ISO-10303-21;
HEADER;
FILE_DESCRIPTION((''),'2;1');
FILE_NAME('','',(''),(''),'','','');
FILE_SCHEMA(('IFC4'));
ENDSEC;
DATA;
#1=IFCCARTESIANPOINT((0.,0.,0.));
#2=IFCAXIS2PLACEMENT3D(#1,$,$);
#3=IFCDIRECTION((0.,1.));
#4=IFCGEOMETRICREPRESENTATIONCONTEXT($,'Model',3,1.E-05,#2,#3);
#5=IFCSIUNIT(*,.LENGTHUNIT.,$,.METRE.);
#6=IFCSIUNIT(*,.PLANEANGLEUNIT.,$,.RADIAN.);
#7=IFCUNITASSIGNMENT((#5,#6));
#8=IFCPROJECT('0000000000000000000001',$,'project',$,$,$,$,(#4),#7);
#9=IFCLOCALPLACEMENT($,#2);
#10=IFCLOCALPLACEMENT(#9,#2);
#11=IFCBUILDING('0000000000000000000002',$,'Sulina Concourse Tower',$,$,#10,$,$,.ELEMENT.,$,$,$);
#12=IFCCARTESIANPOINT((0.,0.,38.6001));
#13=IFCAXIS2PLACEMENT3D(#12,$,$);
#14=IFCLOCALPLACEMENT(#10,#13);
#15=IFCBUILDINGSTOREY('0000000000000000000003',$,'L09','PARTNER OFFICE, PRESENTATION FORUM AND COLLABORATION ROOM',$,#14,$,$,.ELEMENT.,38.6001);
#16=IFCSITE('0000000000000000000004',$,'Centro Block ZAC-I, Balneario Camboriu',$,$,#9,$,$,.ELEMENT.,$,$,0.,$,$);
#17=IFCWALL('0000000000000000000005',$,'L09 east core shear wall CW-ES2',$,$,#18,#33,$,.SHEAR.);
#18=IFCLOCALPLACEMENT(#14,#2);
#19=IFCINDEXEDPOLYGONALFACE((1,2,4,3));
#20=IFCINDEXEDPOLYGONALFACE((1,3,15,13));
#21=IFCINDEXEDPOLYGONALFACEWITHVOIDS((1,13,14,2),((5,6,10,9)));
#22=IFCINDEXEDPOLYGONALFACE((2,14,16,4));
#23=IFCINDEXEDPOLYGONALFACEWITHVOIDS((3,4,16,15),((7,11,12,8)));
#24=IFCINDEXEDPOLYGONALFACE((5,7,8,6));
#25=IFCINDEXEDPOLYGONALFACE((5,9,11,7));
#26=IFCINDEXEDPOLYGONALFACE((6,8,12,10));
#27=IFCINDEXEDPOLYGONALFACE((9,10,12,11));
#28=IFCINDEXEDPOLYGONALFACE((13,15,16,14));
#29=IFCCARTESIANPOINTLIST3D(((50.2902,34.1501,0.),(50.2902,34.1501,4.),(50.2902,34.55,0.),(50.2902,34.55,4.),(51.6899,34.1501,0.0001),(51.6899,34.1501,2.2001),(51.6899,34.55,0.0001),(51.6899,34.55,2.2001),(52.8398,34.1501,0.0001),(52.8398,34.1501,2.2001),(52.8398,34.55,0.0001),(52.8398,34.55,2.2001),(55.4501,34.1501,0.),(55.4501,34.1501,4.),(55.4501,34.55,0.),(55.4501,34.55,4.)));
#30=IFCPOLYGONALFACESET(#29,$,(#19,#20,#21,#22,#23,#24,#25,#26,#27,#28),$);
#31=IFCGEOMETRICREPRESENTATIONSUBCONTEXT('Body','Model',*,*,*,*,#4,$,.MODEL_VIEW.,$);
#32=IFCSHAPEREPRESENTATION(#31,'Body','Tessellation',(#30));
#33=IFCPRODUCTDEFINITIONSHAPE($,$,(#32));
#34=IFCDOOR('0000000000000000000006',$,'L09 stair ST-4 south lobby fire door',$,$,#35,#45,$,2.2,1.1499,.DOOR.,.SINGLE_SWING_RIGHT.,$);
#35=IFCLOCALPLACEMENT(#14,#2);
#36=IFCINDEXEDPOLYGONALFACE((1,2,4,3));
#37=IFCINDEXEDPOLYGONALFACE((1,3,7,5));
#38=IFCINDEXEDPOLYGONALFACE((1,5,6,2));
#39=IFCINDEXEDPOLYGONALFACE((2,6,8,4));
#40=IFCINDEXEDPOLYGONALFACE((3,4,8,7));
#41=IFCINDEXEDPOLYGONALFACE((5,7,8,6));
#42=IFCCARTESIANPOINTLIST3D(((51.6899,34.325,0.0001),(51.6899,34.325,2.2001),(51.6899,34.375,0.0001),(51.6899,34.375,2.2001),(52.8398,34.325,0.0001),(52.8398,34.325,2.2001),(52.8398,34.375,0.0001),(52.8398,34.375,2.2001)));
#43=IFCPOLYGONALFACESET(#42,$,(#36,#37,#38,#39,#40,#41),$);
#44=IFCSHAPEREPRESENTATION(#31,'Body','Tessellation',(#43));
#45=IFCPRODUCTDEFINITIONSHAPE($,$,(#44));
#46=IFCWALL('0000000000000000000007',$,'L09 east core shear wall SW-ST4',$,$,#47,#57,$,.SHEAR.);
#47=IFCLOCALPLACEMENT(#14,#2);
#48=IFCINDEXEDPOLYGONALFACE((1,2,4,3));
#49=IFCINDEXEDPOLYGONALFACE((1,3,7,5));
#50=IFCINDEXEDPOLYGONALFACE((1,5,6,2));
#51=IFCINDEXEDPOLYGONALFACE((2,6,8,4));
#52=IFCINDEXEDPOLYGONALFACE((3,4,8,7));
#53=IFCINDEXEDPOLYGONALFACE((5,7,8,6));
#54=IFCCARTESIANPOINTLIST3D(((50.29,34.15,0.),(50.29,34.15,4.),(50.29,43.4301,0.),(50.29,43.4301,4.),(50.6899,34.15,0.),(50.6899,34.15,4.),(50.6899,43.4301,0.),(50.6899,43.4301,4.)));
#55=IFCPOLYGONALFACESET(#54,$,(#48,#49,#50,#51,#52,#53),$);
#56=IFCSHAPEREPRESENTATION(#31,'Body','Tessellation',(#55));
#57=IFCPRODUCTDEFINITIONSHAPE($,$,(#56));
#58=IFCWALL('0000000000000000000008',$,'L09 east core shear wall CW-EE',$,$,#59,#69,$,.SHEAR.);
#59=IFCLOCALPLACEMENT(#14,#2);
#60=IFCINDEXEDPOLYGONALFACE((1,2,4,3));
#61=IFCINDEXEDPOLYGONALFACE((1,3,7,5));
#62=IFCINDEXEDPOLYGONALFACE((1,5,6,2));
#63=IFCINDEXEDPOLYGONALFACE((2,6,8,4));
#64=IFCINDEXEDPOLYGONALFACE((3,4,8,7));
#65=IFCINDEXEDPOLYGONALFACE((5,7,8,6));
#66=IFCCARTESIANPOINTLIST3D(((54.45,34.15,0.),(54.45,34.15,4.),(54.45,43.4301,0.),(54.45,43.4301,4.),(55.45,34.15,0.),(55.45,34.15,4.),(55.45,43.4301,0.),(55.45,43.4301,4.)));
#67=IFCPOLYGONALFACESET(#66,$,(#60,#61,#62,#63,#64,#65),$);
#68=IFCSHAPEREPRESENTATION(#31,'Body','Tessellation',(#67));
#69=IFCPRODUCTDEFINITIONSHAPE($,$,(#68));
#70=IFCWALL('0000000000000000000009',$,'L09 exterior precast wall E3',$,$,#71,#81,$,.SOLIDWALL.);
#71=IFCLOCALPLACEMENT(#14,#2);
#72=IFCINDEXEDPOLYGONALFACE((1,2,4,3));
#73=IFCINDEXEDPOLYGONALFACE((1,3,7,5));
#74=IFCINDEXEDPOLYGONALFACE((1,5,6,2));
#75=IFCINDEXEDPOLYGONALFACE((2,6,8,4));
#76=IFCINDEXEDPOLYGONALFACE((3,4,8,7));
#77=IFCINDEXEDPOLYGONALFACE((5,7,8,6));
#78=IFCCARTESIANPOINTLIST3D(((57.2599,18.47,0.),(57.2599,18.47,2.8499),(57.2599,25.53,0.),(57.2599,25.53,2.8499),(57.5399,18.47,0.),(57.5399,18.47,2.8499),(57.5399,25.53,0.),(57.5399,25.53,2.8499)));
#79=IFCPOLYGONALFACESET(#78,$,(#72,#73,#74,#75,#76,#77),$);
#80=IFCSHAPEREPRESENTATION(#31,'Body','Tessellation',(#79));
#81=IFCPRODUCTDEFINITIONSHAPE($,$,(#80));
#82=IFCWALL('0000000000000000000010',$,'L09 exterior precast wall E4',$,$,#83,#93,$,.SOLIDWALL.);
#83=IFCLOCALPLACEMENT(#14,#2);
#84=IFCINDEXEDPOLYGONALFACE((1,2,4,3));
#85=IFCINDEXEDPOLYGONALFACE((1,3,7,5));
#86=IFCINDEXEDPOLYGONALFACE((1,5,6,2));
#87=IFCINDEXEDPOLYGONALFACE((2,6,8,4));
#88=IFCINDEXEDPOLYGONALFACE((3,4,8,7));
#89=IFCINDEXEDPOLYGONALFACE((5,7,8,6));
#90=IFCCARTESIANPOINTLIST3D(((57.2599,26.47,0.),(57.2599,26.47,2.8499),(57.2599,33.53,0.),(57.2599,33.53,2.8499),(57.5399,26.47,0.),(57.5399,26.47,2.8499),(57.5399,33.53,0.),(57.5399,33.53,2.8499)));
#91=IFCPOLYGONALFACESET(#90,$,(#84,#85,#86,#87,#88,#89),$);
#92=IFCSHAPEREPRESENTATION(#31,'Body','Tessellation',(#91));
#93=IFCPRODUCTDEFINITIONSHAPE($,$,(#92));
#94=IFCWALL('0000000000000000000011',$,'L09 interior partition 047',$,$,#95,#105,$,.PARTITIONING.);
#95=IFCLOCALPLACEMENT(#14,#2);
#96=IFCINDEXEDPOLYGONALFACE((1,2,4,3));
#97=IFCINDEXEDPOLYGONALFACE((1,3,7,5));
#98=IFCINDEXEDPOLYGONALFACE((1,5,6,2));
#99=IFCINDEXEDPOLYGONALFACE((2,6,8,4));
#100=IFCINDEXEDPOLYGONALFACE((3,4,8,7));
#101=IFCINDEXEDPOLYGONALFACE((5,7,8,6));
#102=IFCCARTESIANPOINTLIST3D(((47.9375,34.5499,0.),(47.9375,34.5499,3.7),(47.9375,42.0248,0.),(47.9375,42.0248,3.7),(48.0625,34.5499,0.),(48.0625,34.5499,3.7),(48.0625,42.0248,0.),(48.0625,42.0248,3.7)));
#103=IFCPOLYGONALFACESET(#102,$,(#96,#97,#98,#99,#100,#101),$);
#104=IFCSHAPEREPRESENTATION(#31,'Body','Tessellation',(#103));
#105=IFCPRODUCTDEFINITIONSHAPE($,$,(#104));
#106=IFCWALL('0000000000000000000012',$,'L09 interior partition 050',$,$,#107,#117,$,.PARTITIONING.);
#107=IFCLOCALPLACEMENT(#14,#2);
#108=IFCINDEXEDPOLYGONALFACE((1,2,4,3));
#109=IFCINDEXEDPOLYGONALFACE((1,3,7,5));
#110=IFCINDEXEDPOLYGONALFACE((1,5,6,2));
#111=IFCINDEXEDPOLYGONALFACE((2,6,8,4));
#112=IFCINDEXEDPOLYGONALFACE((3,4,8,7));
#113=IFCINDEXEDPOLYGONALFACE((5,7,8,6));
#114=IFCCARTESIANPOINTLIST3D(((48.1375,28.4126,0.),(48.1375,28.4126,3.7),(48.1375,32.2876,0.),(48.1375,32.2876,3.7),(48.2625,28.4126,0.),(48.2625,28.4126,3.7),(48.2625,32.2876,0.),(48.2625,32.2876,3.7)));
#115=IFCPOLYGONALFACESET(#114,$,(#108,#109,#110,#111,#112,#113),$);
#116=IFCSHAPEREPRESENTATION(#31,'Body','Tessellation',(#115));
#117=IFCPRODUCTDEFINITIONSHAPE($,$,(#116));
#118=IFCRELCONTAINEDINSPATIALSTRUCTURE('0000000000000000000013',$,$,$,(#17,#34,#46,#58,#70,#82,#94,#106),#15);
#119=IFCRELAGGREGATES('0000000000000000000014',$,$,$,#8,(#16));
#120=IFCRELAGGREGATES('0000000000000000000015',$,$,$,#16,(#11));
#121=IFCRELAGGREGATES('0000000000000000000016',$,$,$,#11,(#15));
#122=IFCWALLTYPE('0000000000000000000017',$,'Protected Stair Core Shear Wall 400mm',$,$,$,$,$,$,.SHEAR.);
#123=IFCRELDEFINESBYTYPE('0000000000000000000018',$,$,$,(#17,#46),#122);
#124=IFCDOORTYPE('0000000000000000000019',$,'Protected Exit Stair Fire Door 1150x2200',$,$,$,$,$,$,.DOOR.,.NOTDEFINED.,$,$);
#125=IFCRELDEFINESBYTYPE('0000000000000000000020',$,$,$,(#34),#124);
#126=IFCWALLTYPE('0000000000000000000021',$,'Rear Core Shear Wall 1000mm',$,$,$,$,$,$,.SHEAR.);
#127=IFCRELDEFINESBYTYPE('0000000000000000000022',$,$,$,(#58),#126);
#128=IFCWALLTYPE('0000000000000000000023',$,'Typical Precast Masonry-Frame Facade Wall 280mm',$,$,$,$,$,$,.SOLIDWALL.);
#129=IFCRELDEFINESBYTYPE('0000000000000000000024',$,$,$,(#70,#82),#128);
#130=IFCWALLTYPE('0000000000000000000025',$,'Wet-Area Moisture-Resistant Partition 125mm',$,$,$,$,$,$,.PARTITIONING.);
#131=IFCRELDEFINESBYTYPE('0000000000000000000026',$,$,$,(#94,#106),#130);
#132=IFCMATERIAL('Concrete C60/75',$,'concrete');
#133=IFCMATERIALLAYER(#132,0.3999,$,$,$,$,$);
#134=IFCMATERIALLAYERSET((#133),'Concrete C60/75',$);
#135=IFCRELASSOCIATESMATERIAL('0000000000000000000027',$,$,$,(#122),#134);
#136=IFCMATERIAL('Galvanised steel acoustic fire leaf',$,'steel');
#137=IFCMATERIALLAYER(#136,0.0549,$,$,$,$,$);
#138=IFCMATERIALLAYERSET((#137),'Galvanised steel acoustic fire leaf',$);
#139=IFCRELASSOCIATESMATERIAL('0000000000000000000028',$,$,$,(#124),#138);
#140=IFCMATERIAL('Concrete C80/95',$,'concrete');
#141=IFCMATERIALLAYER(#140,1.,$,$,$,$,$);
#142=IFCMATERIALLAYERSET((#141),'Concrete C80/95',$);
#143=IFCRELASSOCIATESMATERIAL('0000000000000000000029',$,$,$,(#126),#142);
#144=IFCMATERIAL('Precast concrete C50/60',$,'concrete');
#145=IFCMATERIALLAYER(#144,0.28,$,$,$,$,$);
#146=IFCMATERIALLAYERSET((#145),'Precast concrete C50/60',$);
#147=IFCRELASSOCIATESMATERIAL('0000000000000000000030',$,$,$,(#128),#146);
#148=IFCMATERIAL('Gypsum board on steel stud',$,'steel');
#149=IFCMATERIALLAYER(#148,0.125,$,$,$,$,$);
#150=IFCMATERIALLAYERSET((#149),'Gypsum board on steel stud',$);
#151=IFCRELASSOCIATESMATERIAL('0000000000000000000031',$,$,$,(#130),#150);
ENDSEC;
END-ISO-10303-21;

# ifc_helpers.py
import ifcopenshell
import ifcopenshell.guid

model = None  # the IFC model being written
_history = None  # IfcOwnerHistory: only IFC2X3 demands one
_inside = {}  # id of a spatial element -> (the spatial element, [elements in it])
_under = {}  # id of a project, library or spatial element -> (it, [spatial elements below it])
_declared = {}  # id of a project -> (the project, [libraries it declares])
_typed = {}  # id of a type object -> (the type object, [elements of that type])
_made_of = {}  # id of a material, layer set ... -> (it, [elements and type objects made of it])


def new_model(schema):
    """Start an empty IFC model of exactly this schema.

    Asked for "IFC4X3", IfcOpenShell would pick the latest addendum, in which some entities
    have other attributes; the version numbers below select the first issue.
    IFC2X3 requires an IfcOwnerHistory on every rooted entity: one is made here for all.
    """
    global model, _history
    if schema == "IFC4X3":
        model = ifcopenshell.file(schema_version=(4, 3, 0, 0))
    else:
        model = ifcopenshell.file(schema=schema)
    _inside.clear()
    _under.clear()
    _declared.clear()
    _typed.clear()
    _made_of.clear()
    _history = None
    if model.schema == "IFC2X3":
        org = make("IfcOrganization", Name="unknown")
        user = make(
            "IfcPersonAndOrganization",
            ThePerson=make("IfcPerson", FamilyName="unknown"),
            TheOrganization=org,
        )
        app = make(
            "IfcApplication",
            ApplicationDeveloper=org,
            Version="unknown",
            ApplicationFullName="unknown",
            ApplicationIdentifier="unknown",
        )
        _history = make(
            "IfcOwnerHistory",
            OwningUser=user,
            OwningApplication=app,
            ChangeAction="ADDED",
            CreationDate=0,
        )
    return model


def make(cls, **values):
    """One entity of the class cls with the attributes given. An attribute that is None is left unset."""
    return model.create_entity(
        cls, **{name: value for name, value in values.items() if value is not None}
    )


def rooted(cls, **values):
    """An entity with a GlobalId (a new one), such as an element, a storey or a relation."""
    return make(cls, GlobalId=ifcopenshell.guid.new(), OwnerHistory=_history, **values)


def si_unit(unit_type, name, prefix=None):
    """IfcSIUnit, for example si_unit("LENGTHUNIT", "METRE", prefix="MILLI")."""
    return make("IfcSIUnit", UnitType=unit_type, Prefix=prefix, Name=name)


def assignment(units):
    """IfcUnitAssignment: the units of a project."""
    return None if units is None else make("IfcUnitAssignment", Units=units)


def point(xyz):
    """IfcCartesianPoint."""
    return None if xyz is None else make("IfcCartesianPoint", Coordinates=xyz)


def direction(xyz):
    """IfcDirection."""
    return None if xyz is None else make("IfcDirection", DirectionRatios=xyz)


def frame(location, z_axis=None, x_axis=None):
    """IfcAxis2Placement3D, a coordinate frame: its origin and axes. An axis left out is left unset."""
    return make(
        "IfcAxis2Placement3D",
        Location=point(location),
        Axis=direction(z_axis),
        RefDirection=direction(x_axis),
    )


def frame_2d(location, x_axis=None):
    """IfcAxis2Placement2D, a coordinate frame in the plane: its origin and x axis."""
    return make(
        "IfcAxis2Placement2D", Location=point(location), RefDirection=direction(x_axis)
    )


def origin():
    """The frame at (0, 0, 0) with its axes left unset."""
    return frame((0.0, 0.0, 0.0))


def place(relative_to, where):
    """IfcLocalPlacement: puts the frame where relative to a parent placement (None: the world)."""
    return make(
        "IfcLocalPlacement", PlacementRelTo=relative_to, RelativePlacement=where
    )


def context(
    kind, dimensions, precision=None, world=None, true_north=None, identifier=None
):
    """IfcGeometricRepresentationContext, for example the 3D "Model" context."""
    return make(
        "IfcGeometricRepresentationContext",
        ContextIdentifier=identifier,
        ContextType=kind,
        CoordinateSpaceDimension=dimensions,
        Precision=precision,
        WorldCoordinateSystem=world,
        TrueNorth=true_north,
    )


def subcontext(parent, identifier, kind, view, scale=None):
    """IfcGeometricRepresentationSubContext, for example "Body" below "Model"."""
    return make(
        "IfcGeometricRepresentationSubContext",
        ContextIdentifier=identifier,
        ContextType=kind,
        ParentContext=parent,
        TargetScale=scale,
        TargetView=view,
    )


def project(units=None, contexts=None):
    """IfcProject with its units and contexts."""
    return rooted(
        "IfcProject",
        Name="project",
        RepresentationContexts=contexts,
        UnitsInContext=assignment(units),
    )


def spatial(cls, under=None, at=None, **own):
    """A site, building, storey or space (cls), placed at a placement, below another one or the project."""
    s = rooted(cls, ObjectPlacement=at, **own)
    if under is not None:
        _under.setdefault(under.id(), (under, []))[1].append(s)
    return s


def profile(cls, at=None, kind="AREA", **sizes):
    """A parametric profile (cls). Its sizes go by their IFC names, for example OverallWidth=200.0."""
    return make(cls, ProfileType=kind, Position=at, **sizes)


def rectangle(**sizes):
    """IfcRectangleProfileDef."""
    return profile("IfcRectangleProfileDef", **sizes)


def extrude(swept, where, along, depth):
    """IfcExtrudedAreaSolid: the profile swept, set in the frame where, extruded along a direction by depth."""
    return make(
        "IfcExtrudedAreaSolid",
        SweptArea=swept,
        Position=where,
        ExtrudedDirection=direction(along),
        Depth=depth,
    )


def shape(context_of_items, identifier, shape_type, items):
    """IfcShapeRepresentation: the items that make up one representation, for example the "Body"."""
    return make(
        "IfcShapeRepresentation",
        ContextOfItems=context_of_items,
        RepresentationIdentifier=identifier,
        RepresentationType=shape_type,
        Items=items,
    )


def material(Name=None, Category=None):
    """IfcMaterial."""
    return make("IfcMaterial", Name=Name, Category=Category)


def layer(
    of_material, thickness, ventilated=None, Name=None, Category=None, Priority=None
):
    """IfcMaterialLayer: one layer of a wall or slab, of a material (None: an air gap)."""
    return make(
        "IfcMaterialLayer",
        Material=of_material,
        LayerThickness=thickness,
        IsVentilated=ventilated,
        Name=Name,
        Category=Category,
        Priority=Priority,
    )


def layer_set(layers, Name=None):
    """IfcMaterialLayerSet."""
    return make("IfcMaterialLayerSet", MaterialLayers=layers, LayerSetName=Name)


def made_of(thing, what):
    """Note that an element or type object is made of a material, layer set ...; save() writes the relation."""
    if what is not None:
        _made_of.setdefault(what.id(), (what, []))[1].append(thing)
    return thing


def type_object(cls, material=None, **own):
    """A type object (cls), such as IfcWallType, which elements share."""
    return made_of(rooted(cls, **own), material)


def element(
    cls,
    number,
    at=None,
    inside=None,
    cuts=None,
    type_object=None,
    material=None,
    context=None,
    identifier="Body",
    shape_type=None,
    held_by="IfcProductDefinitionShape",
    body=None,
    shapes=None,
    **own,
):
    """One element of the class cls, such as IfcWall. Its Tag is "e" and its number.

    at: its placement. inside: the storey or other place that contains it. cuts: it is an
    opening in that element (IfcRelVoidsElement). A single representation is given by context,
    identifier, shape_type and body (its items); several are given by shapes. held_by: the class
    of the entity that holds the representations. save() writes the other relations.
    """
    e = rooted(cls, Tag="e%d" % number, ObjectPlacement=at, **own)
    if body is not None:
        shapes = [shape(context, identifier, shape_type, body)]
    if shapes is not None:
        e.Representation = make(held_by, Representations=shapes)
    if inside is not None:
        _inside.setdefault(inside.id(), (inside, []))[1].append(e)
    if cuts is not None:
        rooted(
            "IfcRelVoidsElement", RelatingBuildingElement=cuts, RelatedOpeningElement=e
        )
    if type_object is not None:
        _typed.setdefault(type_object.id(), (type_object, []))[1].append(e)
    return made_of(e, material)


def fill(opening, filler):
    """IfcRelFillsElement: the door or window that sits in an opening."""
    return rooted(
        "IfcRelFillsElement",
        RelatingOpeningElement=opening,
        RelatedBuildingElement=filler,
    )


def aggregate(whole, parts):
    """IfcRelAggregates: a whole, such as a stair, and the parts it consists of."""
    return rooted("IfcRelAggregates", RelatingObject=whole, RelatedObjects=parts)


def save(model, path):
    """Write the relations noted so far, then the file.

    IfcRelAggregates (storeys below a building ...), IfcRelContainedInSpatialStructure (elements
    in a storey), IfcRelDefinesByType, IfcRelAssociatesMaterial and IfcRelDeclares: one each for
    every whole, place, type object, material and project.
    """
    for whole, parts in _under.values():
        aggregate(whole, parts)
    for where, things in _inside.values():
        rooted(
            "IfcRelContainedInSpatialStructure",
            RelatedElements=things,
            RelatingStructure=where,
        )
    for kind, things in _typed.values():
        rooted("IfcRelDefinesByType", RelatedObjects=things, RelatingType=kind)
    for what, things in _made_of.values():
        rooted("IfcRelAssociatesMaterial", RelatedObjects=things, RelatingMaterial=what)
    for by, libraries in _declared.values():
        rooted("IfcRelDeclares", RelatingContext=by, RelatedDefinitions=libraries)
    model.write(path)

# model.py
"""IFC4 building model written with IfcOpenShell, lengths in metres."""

from ifc_helpers import new_model, si_unit, direction, frame, frame_2d, origin, place, context, subcontext, project, spatial, rectangle, extrude, material, layer, layer_set, type_object, element, fill, save


model = new_model("IFC4")

# Units and contexts
model_context = context("Model", 3, precision=1e-05, world=origin(), true_north=direction((0.0, 1.0)))
body_context = subcontext(model_context, "Body", "Model", "MODEL_VIEW")
ifc_project = project(units=[si_unit("LENGTHUNIT", "METRE"), si_unit("PLANEANGLEUNIT", "RADIAN")], contexts=[model_context])

# Site, building, storey
site_placement = place(None, origin())
site = spatial("IfcSite", under=ifc_project, at=site_placement, Name="Centro Block ZAC-I, Balneario Camboriu", CompositionType="ELEMENT", RefElevation=0.0)
building_placement = place(site_placement, origin())
building = spatial("IfcBuilding", under=site, at=building_placement, Name="Sulina Concourse Tower", CompositionType="ELEMENT")
storey_placement = place(building_placement, frame((0.0, 0.0, 38.6001)))
storey = spatial("IfcBuildingStorey", under=building, at=storey_placement, Name="L09", Description="PARTNER OFFICE, PRESENTATION FORUM AND COLLABORATION ROOM", CompositionType="ELEMENT", Elevation=38.6001)

# Wall, opening, door
ifc_material_1 = material(Name="Concrete C60/75", Category="concrete")
ifc_layer_1 = layer(ifc_material_1, 0.3999)
ifc_layer_set_1 = layer_set([ifc_layer_1], Name="Concrete C60/75")
wall_type_1 = type_object("IfcWallType", Name="Protected Stair Core Shear Wall 400mm", PredefinedType="SHEAR", material=ifc_layer_set_1)
wall_1_placement = place(storey_placement, frame((50.29, 34.3501, 0.0), z_axis=(0.0, 0.0, 1.0), x_axis=(1.0, 0.0, 0.0)))
wall_1 = element("IfcWall", 1, at=wall_1_placement, inside=storey, type_object=wall_type_1, Name="L09 east core shear wall CW-ES2", PredefinedType="SHEAR", context=body_context, shape_type="SweptSolid", body=[
    extrude(rectangle(XDim=5.1599, YDim=0.3999, at=frame_2d((2.5801, 0.0))), origin(), (0.0, 0.0, 1.0), 4.0),
])
opening_1_placement = place(wall_1_placement, frame((1.3999, 0.0, 0.0)))
opening_1 = element("IfcOpeningElement", 2, at=opening_1_placement, cuts=wall_1, PredefinedType="OPENING", context=body_context, shape_type="SweptSolid", body=[
    extrude(rectangle(XDim=1.1499, YDim=2.2, at=frame_2d((0.575, 1.1001))), frame((0.0, 0.21, 0.0), z_axis=(0.0, -1.0, 0.0), x_axis=(1.0, 0.0, 0.0)), (0.0, 0.0, 1.0), 0.4199),
])
ifc_material_2 = material(Name="Galvanised steel acoustic fire leaf", Category="steel")
ifc_layer_2 = layer(ifc_material_2, 0.0549)
ifc_layer_set_2 = layer_set([ifc_layer_2], Name="Galvanised steel acoustic fire leaf")
door_type_1 = type_object("IfcDoorType", Name="Protected Exit Stair Fire Door 1150x2200", OperationType="NOTDEFINED", PredefinedType="DOOR", material=ifc_layer_set_2)
door_1_placement = place(opening_1_placement, origin())
door_1 = element("IfcDoor", 3, at=door_1_placement, inside=storey, type_object=door_type_1, Name="L09 stair ST-4 south lobby fire door", OperationType="SINGLE_SWING_RIGHT", OverallHeight=2.2, OverallWidth=1.1499, PredefinedType="DOOR", context=body_context, shape_type="SweptSolid", body=[
    extrude(rectangle(XDim=1.1499, YDim=2.2, at=frame_2d((0.575, 1.1001))), frame((0.0, 0.0249, 0.0), z_axis=(0.0, -1.0, 0.0), x_axis=(1.0, 0.0, 0.0)), (0.0, 0.0, 1.0), 0.05),
])
fill(opening_1, door_1)

# Walls
wall_2_placement = place(storey_placement, frame((50.49, 34.1499, 0.0), z_axis=(0.0, 0.0, 1.0), x_axis=(0.0, 1.0, 0.0)))
element("IfcWall", 4, at=wall_2_placement, inside=storey, type_object=wall_type_1, Name="L09 east core shear wall SW-ST4", PredefinedType="SHEAR", context=body_context, shape_type="SweptSolid", body=[
    extrude(rectangle(XDim=9.28, YDim=0.3999, at=frame_2d((4.6401, 0.0))), origin(), (0.0, 0.0, 1.0), 4.0),
])
ifc_material_3 = material(Name="Concrete C80/95", Category="concrete")
ifc_layer_3 = layer(ifc_material_3, 1.0)
ifc_layer_set_3 = layer_set([ifc_layer_3], Name="Concrete C80/95")
wall_type_2 = type_object("IfcWallType", Name="Rear Core Shear Wall 1000mm", PredefinedType="SHEAR", material=ifc_layer_set_3)
wall_3_placement = place(storey_placement, frame((54.95, 34.1499, 0.0), z_axis=(0.0, 0.0, 1.0), x_axis=(0.0, 1.0, 0.0)))
element("IfcWall", 5, at=wall_3_placement, inside=storey, type_object=wall_type_2, Name="L09 east core shear wall CW-EE", PredefinedType="SHEAR", context=body_context, shape_type="SweptSolid", body=[
    extrude(rectangle(XDim=9.28, YDim=1.0, at=frame_2d((4.6401, 0.0))), origin(), (0.0, 0.0, 1.0), 4.0),
])
ifc_material_4 = material(Name="Precast concrete C50/60", Category="concrete")
ifc_layer_4 = layer(ifc_material_4, 0.28)
ifc_layer_set_4 = layer_set([ifc_layer_4], Name="Precast concrete C50/60")
wall_type_3 = type_object("IfcWallType", Name="Typical Precast Masonry-Frame Facade Wall 280mm", PredefinedType="SOLIDWALL", material=ifc_layer_set_4)
for number, where, z_axis, x_axis, name in (
    (6, (57.3999, 25.53, 0.0), (0.0, 0.0, 1.0), (0.0, -1.0, 0.0), "L09 exterior precast wall E3"),
    (7, (57.3999, 33.53, 0.0), (0.0, 0.0, 1.0), (0.0, -1.0, 0.0), "L09 exterior precast wall E4"),
):
    element("IfcWall", number, at=place(storey_placement, frame(where, z_axis=z_axis, x_axis=x_axis)), inside=storey, type_object=wall_type_3, Name=name, PredefinedType="SOLIDWALL", context=body_context, shape_type="SweptSolid", body=[
        extrude(rectangle(XDim=7.0601, YDim=0.28, at=frame_2d((3.53, 0.0))), origin(), (0.0, 0.0, 1.0), 2.8499),
    ])
ifc_material_5 = material(Name="Gypsum board on steel stud", Category="steel")
ifc_layer_5 = layer(ifc_material_5, 0.125)
ifc_layer_set_5 = layer_set([ifc_layer_5], Name="Gypsum board on steel stud")
wall_type_4 = type_object("IfcWallType", Name="Wet-Area Moisture-Resistant Partition 125mm", PredefinedType="PARTITIONING", material=ifc_layer_set_5)
wall_4_placement = place(storey_placement, frame((48.0, 34.55, 0.0), z_axis=(0.0, 0.0, 1.0), x_axis=(0.0, 1.0, 0.0)))
element("IfcWall", 8, at=wall_4_placement, inside=storey, type_object=wall_type_4, Name="L09 interior partition 047", PredefinedType="PARTITIONING", context=body_context, shape_type="SweptSolid", body=[
    extrude(rectangle(XDim=7.4749, YDim=0.125, at=frame_2d((3.7373, 0.0))), origin(), (0.0, 0.0, 1.0), 3.7),
])
wall_5_placement = place(storey_placement, frame((48.2, 28.4126, 0.0), z_axis=(0.0, 0.0, 1.0), x_axis=(0.0, 1.0, 0.0)))
element("IfcWall", 9, at=wall_5_placement, inside=storey, type_object=wall_type_4, Name="L09 interior partition 050", PredefinedType="PARTITIONING", context=body_context, shape_type="SweptSolid", body=[
    extrude(rectangle(XDim=3.875, YDim=0.125, at=frame_2d((1.9375, 0.0))), origin(), (0.0, 0.0, 1.0), 3.7),
])

save(model, "model.ifc")
